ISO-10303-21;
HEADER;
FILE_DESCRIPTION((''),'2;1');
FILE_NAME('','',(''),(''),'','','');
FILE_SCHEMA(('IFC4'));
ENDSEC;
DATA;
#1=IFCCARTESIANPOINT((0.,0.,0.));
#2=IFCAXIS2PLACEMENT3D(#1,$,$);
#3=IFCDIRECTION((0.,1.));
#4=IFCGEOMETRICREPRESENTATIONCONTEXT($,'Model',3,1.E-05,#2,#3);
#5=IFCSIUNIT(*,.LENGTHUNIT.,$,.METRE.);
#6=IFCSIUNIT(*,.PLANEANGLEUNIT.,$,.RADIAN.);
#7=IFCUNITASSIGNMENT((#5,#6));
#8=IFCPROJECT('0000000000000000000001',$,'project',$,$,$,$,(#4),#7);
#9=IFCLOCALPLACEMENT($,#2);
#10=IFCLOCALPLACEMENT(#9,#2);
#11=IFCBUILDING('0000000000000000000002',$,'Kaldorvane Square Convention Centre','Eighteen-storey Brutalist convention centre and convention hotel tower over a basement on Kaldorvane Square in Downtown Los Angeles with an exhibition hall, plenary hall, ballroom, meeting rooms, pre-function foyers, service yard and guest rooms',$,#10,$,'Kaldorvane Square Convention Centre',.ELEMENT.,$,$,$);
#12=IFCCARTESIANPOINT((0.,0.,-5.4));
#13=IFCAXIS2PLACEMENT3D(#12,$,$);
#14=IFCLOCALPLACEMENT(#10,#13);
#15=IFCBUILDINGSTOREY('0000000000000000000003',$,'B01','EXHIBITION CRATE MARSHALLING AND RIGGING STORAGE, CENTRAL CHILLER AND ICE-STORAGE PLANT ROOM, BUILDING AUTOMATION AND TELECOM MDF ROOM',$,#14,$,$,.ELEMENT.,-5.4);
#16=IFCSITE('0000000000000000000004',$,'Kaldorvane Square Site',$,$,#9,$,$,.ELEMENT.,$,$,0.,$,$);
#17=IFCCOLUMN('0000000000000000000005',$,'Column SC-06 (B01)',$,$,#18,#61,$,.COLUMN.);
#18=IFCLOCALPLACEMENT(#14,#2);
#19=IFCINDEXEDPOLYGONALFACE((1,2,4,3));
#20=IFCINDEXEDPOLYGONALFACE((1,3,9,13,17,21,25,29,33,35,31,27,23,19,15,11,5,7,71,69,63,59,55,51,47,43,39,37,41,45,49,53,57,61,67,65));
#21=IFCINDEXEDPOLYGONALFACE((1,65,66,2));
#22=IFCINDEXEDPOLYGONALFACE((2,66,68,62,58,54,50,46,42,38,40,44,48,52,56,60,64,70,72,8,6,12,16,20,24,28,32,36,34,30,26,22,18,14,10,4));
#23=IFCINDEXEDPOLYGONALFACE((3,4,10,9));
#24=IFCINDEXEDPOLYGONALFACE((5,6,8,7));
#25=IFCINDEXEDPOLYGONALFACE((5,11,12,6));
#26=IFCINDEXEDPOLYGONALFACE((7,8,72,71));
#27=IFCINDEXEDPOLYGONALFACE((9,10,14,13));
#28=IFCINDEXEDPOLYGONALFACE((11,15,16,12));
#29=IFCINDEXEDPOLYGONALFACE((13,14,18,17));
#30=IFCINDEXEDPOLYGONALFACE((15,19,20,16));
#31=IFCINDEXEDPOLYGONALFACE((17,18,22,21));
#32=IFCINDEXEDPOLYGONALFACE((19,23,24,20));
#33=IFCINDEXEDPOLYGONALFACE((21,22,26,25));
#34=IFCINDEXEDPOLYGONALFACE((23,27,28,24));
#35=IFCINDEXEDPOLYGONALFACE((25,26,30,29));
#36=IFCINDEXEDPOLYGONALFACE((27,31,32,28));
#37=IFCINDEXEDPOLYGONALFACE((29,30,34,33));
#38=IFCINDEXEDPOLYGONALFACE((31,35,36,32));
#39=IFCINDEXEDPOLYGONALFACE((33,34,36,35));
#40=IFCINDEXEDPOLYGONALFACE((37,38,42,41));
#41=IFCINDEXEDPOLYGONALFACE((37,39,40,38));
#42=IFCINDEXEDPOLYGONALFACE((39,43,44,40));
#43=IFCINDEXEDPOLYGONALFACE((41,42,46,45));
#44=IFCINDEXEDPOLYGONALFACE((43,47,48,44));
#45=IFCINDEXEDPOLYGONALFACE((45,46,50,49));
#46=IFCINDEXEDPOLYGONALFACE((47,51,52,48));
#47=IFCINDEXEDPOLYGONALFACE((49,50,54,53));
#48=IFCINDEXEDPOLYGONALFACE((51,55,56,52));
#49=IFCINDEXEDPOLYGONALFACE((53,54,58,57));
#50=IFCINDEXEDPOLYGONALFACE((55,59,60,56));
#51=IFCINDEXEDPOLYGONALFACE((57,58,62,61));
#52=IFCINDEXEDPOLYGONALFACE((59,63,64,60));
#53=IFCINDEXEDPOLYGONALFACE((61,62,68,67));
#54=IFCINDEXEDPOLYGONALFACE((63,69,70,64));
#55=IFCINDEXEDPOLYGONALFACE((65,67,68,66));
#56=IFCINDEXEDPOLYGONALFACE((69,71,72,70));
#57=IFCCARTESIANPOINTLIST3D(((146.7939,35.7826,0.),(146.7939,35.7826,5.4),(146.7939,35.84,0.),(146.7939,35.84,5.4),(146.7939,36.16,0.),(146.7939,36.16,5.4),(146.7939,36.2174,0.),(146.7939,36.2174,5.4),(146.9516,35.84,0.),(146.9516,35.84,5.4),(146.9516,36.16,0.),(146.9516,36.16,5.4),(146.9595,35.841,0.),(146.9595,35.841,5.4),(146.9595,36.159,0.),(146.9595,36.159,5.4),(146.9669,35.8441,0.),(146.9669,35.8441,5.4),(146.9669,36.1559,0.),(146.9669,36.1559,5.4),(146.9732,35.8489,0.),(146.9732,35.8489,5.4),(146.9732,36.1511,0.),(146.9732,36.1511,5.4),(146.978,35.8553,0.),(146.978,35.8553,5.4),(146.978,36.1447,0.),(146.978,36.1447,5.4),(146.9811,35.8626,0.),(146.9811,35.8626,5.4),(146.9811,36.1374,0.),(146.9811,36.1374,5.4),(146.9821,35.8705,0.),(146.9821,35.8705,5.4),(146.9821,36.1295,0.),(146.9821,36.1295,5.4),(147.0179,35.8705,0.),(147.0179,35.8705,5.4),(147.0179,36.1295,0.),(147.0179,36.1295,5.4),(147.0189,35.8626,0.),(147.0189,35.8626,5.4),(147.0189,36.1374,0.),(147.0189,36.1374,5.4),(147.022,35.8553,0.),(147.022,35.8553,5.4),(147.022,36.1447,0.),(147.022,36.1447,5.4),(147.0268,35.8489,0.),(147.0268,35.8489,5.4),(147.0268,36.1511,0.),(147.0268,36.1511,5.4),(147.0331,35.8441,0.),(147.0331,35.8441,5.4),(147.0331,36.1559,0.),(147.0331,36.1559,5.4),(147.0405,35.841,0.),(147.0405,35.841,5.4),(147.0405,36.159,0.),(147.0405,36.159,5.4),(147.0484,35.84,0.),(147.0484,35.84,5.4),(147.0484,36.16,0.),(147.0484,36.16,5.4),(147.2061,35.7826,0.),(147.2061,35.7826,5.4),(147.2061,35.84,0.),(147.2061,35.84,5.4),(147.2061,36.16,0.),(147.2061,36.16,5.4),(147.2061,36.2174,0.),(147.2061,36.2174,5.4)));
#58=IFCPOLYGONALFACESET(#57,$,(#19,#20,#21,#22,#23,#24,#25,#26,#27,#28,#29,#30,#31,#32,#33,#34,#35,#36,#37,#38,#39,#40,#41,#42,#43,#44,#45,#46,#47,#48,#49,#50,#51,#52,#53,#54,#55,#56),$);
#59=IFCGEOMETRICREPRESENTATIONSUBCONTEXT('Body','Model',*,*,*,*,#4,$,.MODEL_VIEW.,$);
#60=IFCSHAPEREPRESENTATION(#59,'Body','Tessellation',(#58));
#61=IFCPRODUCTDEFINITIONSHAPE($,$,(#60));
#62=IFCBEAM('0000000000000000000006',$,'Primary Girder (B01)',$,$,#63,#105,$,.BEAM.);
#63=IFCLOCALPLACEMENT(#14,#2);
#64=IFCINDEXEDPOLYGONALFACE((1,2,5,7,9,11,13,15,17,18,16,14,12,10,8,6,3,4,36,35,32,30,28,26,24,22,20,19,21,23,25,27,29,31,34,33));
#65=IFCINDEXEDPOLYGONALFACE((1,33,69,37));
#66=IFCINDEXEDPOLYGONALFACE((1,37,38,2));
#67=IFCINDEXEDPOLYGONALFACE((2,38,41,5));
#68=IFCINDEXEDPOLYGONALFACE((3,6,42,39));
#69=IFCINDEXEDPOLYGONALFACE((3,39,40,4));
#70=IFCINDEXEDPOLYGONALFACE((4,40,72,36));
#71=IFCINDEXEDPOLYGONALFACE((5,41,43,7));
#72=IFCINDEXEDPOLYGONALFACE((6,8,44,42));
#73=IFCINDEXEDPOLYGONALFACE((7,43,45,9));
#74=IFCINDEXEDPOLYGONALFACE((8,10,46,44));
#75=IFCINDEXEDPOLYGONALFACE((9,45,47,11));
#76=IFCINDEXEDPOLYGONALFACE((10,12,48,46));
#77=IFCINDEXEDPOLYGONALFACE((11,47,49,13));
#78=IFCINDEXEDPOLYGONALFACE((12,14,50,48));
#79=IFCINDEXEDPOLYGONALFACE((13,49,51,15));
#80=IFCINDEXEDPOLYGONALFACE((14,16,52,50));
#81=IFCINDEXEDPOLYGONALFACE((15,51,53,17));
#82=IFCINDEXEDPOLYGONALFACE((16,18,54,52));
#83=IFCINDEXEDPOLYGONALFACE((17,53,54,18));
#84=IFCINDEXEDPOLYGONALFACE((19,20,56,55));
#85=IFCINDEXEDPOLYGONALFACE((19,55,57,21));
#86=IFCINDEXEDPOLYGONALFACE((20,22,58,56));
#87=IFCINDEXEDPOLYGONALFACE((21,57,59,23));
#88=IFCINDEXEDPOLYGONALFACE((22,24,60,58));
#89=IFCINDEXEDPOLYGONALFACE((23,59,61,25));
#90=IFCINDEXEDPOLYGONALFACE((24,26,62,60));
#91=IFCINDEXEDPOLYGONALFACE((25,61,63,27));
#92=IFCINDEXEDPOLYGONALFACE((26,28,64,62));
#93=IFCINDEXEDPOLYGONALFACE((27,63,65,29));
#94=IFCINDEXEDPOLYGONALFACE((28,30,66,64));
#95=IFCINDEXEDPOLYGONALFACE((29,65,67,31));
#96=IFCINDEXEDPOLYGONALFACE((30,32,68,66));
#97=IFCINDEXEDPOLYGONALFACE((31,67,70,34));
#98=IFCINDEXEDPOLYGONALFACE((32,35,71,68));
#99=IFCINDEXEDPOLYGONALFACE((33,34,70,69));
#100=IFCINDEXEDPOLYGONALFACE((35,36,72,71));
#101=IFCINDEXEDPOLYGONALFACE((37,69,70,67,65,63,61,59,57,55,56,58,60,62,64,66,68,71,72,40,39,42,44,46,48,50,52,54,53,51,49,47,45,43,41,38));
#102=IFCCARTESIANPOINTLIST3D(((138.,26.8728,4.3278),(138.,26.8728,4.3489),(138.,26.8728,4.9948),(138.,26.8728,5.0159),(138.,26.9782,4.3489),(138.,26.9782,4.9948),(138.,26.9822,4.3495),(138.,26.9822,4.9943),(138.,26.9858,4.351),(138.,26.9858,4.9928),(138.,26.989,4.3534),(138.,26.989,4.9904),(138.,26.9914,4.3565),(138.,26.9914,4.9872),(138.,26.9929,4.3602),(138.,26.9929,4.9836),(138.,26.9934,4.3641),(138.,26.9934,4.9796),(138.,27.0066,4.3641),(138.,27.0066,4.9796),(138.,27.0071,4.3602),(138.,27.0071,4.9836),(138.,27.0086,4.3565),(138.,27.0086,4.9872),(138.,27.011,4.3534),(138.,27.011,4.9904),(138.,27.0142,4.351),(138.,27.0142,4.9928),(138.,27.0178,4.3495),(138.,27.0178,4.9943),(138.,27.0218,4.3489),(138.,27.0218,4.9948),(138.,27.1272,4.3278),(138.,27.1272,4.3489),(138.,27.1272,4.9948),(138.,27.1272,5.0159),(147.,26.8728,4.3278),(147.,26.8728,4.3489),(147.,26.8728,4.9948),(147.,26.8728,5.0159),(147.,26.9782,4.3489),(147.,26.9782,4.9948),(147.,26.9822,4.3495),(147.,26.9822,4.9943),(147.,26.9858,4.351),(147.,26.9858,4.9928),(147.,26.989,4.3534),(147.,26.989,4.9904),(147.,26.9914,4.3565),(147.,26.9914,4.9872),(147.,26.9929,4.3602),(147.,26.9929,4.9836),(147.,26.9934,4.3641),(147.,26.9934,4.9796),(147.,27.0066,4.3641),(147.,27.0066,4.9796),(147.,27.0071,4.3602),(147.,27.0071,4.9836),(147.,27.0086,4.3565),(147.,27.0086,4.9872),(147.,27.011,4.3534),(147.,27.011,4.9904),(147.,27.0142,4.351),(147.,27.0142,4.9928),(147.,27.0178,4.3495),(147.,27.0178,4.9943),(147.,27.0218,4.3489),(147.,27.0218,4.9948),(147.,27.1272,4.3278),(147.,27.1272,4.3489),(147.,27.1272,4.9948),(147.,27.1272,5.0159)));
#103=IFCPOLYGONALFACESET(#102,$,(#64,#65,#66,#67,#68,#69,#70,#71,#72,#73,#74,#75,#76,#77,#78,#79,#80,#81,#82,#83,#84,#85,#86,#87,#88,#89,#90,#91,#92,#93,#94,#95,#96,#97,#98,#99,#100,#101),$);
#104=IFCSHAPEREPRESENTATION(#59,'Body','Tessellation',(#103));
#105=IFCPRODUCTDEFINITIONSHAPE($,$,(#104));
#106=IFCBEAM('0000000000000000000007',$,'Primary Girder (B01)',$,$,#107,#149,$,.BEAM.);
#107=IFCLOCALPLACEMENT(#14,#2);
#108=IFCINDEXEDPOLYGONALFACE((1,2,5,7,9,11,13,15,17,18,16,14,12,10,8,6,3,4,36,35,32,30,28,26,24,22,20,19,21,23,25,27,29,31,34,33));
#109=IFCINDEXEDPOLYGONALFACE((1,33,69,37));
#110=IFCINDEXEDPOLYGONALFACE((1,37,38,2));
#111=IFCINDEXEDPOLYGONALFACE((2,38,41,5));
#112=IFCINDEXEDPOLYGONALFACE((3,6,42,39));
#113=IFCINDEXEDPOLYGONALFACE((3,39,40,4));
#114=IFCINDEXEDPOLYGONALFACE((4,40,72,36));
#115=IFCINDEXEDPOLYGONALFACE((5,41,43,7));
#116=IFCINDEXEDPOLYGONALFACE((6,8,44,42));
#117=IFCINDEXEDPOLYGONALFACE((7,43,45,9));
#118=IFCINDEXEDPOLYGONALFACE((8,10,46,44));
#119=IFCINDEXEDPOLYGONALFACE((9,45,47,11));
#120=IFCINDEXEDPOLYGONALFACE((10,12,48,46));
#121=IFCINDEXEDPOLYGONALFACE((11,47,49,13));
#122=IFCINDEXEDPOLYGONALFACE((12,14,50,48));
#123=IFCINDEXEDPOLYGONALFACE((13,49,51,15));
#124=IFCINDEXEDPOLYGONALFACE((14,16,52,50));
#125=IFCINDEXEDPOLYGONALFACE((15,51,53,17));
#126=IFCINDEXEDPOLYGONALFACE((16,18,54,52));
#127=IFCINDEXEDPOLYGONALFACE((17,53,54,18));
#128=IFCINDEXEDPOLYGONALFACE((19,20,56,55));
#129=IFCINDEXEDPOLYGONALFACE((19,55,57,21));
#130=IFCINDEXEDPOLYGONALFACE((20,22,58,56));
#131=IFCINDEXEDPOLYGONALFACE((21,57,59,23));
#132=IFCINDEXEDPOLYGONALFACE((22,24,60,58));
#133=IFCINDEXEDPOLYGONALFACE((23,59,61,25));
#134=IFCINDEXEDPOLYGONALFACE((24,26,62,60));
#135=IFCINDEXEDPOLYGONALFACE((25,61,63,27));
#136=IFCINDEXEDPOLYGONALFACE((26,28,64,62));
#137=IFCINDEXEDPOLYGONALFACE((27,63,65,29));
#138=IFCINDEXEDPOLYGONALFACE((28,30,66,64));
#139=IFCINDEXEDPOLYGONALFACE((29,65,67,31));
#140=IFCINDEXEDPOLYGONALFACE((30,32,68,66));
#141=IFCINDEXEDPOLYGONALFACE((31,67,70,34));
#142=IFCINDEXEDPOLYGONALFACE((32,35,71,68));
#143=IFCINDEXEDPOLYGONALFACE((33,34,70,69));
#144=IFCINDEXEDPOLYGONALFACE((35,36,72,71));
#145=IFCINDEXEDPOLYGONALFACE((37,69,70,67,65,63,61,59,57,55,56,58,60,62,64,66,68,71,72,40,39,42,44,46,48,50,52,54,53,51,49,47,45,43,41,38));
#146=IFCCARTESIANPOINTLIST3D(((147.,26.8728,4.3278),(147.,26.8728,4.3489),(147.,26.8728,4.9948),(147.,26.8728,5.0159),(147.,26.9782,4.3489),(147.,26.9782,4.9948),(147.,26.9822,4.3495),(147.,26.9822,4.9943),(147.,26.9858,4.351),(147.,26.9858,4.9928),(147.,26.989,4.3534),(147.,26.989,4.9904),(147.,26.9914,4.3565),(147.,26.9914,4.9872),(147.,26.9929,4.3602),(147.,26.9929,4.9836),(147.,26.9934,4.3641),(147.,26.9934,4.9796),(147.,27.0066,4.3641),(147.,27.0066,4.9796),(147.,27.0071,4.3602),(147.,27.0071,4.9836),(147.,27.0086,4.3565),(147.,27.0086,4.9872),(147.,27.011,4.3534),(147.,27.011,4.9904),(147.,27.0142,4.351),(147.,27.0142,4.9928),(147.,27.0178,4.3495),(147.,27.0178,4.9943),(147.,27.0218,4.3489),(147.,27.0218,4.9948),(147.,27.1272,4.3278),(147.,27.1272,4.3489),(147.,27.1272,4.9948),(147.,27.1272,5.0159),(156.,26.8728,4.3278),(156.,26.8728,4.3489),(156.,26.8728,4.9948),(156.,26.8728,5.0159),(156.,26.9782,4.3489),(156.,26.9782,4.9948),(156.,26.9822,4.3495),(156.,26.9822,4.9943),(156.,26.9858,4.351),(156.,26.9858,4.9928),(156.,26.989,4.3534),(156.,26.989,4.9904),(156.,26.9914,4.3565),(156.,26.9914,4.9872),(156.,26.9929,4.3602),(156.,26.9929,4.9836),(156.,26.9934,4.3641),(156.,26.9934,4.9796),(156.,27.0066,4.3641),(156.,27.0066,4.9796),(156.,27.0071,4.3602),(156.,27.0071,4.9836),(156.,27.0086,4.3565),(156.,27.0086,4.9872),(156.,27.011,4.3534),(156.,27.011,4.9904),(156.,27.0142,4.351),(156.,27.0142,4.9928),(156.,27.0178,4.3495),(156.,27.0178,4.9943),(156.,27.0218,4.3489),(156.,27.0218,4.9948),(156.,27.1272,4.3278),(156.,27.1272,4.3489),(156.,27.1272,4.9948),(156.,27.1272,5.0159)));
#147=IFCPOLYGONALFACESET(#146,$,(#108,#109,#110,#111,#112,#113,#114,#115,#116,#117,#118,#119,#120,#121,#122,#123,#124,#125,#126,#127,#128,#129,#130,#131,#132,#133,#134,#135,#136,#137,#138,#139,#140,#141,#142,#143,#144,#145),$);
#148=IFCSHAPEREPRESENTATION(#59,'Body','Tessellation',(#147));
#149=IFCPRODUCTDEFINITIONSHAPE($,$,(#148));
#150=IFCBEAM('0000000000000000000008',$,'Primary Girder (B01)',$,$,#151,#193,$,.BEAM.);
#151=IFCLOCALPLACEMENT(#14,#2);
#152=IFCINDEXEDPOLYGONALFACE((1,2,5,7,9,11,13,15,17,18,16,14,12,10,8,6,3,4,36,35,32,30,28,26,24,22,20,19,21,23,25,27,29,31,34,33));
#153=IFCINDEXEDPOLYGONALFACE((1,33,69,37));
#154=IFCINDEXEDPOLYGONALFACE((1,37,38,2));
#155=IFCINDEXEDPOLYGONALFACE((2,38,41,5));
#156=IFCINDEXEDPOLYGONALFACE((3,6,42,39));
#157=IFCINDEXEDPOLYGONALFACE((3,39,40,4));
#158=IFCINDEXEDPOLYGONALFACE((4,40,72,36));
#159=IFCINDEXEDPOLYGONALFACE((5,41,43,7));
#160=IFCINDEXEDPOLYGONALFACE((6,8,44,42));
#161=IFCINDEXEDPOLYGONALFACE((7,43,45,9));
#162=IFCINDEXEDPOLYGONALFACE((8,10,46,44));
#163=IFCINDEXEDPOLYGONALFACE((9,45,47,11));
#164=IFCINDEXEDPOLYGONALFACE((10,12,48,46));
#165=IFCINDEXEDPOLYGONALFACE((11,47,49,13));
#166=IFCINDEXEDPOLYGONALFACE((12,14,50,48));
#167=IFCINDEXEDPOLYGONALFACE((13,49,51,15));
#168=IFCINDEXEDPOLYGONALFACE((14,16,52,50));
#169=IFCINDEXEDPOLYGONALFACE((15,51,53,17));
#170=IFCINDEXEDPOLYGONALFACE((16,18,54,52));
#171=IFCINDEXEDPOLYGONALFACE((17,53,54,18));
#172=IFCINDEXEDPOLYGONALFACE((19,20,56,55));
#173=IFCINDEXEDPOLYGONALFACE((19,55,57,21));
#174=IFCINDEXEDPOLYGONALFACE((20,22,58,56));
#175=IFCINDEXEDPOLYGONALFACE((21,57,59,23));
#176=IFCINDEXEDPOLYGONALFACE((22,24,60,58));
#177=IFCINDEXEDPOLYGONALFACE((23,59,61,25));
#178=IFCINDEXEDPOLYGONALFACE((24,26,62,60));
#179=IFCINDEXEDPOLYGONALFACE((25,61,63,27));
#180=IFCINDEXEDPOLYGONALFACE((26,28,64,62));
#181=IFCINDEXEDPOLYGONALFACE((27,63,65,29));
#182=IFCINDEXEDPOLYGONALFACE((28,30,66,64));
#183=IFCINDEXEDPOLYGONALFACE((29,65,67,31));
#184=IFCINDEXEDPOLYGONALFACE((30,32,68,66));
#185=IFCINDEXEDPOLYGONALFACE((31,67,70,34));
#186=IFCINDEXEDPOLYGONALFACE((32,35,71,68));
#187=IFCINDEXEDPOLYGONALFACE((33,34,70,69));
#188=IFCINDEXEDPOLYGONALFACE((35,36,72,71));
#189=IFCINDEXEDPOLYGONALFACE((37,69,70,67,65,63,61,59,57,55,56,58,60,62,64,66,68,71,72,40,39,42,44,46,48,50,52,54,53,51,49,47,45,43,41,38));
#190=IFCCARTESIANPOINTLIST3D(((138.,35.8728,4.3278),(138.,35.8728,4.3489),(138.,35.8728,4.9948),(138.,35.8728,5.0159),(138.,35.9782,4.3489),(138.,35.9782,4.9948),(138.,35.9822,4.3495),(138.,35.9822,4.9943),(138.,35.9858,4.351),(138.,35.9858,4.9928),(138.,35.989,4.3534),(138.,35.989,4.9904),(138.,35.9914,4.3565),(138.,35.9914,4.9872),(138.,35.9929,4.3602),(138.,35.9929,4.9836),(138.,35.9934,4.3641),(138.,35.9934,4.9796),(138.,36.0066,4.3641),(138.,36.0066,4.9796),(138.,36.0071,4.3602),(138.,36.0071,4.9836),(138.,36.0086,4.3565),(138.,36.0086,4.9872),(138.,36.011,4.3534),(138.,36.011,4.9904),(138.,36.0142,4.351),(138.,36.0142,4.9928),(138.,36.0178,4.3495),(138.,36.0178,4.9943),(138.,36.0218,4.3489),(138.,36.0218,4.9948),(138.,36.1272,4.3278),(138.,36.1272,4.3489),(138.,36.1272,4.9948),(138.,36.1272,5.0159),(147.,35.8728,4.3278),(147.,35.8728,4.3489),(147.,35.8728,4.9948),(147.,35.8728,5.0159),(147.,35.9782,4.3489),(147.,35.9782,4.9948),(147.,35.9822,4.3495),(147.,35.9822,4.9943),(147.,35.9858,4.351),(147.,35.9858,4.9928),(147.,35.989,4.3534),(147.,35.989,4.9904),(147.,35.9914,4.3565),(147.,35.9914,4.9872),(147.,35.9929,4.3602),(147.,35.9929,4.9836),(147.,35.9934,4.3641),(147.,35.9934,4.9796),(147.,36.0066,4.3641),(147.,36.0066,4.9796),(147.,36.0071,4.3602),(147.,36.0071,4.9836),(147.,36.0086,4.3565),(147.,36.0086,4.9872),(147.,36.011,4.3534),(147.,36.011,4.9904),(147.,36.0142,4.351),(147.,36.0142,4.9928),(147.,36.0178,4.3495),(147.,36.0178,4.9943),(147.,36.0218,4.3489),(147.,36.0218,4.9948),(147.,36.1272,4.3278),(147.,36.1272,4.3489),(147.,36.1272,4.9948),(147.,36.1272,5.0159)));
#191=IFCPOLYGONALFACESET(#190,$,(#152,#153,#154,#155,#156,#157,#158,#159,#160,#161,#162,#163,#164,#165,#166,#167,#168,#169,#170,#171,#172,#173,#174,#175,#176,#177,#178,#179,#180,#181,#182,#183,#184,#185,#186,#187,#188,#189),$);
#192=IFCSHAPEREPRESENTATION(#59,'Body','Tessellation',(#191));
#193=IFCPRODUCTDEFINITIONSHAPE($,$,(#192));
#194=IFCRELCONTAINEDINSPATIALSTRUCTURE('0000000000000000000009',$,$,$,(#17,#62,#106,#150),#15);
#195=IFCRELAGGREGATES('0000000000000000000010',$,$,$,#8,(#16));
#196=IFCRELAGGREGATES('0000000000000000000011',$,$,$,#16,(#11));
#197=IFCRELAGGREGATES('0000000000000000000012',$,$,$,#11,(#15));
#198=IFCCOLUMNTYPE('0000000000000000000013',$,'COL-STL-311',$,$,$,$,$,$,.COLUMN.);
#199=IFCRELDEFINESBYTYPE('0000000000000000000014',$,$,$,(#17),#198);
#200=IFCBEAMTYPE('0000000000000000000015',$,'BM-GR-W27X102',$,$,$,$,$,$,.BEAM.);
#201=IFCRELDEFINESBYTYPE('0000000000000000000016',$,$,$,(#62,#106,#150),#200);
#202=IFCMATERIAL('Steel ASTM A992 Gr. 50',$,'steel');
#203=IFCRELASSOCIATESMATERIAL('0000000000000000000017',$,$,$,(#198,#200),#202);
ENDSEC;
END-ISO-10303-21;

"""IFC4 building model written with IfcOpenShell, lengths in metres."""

from ifc_helpers import new_model, si_unit, direction, frame, origin, origin_2d, place, context, subcontext, project, spatial, i_section, extrude, material, material_profile, profile_set, type_object, element, save


model = new_model("IFC4")

# Units and contexts
model_context = context("Model", 3, precision=1e-05, world=origin(), true_north=direction((0.0, 1.0)))
body_context = subcontext(model_context, "Body", "Model", "MODEL_VIEW")
ifc_project = project(units=[si_unit("LENGTHUNIT", "METRE"), si_unit("PLANEANGLEUNIT", "RADIAN")], contexts=[model_context])

# Site, building, storey
site_placement = place(None, origin())
site = spatial("IfcSite", under=ifc_project, at=site_placement, Name="Kaldorvane Square Site", CompositionType="ELEMENT", RefElevation=0.0)
building_placement = place(site_placement, origin())
building = spatial("IfcBuilding", under=site, at=building_placement, Name="Kaldorvane Square Convention Centre", Description="Eighteen-storey Brutalist convention centre and convention hotel tower over a basement on Kaldorvane Square in Downtown Los Angeles with an exhibition hall, plenary hall, ballroom, meeting rooms, pre-function foyers, service yard and guest rooms", LongName="Kaldorvane Square Convention Centre", CompositionType="ELEMENT")
storey_placement = place(building_placement, frame((0.0, 0.0, -5.4)))
storey = spatial("IfcBuildingStorey", under=building, at=storey_placement, Name="B01", Description="EXHIBITION CRATE MARSHALLING AND RIGGING STORAGE, CENTRAL CHILLER AND ICE-STORAGE PLANT ROOM, BUILDING AUTOMATION AND TELECOM MDF ROOM", CompositionType="ELEMENT", Elevation=-5.4)

# Column
ifc_material_1 = material(Name="Steel ASTM A992 Gr. 50", Category="steel")
ifc_material_profile_1 = material_profile(ifc_material_1, i_section(OverallWidth=0.4122, OverallDepth=0.4348, WebThickness=0.0358, FlangeThickness=0.0574, FilletRadius=0.0305, at=origin_2d()), Name="W14X311")
ifc_profile_set_1 = profile_set([ifc_material_profile_1], Name="Steel ASTM A992 Gr. 50")
column_type_1 = type_object("IfcColumnType", Name="COL-STL-311", PredefinedType="COLUMN", material=ifc_profile_set_1)
for number, where, z_axis, x_axis, name in (
    (1, (147.0, 36.0, 0.0), (0.0, 0.0, 1.0), (1.0, 0.0, 0.0), "Column SC-06 (B01)"),
):
    element("IfcColumn", number, at=place(storey_placement, frame(where, z_axis=z_axis, x_axis=x_axis)), inside=storey, type_object=column_type_1, Name=name, PredefinedType="COLUMN", context=body_context, shape_type="SweptSolid", body=[
        extrude(i_section(OverallWidth=0.4122, OverallDepth=0.4348, WebThickness=0.0358, FlangeThickness=0.0574, FilletRadius=0.0305, at=origin_2d()), origin(), (0.0, 0.0, 1.0), 5.4),
    ])

# Beams
ifc_material_profile_2 = material_profile(ifc_material_1, i_section(OverallWidth=0.2544, OverallDepth=0.6881, WebThickness=0.0131, FlangeThickness=0.0211, FilletRadius=0.0152, at=origin_2d()), Name="W27X102")
ifc_profile_set_2 = profile_set([ifc_material_profile_2], Name="Steel ASTM A992 Gr. 50")
beam_type_1 = type_object("IfcBeamType", Name="BM-GR-W27X102", PredefinedType="BEAM", material=ifc_profile_set_2)
for number, where, z_axis, x_axis, name in (
    (2, (138.0, 27.0, 4.6719), (1.0, 0.0, 0.0), (0.0, 1.0, 0.0), "Primary Girder (B01)"),
    (3, (147.0, 27.0, 4.6719), (1.0, 0.0, 0.0), (0.0, 1.0, 0.0), "Primary Girder (B01)"),
    (4, (138.0, 36.0, 4.6719), (1.0, 0.0, 0.0), (0.0, 1.0, 0.0), "Primary Girder (B01)"),
):
    element("IfcBeam", number, at=place(storey_placement, frame(where, z_axis=z_axis, x_axis=x_axis)), inside=storey, type_object=beam_type_1, Name=name, PredefinedType="BEAM", context=body_context, shape_type="SweptSolid", body=[
        extrude(i_section(OverallWidth=0.2544, OverallDepth=0.6881, WebThickness=0.0131, FlangeThickness=0.0211, FilletRadius=0.0152, at=origin_2d()), origin(), (0.0, 0.0, 1.0), 9.0),
    ])

save(model, "model.ifc")
